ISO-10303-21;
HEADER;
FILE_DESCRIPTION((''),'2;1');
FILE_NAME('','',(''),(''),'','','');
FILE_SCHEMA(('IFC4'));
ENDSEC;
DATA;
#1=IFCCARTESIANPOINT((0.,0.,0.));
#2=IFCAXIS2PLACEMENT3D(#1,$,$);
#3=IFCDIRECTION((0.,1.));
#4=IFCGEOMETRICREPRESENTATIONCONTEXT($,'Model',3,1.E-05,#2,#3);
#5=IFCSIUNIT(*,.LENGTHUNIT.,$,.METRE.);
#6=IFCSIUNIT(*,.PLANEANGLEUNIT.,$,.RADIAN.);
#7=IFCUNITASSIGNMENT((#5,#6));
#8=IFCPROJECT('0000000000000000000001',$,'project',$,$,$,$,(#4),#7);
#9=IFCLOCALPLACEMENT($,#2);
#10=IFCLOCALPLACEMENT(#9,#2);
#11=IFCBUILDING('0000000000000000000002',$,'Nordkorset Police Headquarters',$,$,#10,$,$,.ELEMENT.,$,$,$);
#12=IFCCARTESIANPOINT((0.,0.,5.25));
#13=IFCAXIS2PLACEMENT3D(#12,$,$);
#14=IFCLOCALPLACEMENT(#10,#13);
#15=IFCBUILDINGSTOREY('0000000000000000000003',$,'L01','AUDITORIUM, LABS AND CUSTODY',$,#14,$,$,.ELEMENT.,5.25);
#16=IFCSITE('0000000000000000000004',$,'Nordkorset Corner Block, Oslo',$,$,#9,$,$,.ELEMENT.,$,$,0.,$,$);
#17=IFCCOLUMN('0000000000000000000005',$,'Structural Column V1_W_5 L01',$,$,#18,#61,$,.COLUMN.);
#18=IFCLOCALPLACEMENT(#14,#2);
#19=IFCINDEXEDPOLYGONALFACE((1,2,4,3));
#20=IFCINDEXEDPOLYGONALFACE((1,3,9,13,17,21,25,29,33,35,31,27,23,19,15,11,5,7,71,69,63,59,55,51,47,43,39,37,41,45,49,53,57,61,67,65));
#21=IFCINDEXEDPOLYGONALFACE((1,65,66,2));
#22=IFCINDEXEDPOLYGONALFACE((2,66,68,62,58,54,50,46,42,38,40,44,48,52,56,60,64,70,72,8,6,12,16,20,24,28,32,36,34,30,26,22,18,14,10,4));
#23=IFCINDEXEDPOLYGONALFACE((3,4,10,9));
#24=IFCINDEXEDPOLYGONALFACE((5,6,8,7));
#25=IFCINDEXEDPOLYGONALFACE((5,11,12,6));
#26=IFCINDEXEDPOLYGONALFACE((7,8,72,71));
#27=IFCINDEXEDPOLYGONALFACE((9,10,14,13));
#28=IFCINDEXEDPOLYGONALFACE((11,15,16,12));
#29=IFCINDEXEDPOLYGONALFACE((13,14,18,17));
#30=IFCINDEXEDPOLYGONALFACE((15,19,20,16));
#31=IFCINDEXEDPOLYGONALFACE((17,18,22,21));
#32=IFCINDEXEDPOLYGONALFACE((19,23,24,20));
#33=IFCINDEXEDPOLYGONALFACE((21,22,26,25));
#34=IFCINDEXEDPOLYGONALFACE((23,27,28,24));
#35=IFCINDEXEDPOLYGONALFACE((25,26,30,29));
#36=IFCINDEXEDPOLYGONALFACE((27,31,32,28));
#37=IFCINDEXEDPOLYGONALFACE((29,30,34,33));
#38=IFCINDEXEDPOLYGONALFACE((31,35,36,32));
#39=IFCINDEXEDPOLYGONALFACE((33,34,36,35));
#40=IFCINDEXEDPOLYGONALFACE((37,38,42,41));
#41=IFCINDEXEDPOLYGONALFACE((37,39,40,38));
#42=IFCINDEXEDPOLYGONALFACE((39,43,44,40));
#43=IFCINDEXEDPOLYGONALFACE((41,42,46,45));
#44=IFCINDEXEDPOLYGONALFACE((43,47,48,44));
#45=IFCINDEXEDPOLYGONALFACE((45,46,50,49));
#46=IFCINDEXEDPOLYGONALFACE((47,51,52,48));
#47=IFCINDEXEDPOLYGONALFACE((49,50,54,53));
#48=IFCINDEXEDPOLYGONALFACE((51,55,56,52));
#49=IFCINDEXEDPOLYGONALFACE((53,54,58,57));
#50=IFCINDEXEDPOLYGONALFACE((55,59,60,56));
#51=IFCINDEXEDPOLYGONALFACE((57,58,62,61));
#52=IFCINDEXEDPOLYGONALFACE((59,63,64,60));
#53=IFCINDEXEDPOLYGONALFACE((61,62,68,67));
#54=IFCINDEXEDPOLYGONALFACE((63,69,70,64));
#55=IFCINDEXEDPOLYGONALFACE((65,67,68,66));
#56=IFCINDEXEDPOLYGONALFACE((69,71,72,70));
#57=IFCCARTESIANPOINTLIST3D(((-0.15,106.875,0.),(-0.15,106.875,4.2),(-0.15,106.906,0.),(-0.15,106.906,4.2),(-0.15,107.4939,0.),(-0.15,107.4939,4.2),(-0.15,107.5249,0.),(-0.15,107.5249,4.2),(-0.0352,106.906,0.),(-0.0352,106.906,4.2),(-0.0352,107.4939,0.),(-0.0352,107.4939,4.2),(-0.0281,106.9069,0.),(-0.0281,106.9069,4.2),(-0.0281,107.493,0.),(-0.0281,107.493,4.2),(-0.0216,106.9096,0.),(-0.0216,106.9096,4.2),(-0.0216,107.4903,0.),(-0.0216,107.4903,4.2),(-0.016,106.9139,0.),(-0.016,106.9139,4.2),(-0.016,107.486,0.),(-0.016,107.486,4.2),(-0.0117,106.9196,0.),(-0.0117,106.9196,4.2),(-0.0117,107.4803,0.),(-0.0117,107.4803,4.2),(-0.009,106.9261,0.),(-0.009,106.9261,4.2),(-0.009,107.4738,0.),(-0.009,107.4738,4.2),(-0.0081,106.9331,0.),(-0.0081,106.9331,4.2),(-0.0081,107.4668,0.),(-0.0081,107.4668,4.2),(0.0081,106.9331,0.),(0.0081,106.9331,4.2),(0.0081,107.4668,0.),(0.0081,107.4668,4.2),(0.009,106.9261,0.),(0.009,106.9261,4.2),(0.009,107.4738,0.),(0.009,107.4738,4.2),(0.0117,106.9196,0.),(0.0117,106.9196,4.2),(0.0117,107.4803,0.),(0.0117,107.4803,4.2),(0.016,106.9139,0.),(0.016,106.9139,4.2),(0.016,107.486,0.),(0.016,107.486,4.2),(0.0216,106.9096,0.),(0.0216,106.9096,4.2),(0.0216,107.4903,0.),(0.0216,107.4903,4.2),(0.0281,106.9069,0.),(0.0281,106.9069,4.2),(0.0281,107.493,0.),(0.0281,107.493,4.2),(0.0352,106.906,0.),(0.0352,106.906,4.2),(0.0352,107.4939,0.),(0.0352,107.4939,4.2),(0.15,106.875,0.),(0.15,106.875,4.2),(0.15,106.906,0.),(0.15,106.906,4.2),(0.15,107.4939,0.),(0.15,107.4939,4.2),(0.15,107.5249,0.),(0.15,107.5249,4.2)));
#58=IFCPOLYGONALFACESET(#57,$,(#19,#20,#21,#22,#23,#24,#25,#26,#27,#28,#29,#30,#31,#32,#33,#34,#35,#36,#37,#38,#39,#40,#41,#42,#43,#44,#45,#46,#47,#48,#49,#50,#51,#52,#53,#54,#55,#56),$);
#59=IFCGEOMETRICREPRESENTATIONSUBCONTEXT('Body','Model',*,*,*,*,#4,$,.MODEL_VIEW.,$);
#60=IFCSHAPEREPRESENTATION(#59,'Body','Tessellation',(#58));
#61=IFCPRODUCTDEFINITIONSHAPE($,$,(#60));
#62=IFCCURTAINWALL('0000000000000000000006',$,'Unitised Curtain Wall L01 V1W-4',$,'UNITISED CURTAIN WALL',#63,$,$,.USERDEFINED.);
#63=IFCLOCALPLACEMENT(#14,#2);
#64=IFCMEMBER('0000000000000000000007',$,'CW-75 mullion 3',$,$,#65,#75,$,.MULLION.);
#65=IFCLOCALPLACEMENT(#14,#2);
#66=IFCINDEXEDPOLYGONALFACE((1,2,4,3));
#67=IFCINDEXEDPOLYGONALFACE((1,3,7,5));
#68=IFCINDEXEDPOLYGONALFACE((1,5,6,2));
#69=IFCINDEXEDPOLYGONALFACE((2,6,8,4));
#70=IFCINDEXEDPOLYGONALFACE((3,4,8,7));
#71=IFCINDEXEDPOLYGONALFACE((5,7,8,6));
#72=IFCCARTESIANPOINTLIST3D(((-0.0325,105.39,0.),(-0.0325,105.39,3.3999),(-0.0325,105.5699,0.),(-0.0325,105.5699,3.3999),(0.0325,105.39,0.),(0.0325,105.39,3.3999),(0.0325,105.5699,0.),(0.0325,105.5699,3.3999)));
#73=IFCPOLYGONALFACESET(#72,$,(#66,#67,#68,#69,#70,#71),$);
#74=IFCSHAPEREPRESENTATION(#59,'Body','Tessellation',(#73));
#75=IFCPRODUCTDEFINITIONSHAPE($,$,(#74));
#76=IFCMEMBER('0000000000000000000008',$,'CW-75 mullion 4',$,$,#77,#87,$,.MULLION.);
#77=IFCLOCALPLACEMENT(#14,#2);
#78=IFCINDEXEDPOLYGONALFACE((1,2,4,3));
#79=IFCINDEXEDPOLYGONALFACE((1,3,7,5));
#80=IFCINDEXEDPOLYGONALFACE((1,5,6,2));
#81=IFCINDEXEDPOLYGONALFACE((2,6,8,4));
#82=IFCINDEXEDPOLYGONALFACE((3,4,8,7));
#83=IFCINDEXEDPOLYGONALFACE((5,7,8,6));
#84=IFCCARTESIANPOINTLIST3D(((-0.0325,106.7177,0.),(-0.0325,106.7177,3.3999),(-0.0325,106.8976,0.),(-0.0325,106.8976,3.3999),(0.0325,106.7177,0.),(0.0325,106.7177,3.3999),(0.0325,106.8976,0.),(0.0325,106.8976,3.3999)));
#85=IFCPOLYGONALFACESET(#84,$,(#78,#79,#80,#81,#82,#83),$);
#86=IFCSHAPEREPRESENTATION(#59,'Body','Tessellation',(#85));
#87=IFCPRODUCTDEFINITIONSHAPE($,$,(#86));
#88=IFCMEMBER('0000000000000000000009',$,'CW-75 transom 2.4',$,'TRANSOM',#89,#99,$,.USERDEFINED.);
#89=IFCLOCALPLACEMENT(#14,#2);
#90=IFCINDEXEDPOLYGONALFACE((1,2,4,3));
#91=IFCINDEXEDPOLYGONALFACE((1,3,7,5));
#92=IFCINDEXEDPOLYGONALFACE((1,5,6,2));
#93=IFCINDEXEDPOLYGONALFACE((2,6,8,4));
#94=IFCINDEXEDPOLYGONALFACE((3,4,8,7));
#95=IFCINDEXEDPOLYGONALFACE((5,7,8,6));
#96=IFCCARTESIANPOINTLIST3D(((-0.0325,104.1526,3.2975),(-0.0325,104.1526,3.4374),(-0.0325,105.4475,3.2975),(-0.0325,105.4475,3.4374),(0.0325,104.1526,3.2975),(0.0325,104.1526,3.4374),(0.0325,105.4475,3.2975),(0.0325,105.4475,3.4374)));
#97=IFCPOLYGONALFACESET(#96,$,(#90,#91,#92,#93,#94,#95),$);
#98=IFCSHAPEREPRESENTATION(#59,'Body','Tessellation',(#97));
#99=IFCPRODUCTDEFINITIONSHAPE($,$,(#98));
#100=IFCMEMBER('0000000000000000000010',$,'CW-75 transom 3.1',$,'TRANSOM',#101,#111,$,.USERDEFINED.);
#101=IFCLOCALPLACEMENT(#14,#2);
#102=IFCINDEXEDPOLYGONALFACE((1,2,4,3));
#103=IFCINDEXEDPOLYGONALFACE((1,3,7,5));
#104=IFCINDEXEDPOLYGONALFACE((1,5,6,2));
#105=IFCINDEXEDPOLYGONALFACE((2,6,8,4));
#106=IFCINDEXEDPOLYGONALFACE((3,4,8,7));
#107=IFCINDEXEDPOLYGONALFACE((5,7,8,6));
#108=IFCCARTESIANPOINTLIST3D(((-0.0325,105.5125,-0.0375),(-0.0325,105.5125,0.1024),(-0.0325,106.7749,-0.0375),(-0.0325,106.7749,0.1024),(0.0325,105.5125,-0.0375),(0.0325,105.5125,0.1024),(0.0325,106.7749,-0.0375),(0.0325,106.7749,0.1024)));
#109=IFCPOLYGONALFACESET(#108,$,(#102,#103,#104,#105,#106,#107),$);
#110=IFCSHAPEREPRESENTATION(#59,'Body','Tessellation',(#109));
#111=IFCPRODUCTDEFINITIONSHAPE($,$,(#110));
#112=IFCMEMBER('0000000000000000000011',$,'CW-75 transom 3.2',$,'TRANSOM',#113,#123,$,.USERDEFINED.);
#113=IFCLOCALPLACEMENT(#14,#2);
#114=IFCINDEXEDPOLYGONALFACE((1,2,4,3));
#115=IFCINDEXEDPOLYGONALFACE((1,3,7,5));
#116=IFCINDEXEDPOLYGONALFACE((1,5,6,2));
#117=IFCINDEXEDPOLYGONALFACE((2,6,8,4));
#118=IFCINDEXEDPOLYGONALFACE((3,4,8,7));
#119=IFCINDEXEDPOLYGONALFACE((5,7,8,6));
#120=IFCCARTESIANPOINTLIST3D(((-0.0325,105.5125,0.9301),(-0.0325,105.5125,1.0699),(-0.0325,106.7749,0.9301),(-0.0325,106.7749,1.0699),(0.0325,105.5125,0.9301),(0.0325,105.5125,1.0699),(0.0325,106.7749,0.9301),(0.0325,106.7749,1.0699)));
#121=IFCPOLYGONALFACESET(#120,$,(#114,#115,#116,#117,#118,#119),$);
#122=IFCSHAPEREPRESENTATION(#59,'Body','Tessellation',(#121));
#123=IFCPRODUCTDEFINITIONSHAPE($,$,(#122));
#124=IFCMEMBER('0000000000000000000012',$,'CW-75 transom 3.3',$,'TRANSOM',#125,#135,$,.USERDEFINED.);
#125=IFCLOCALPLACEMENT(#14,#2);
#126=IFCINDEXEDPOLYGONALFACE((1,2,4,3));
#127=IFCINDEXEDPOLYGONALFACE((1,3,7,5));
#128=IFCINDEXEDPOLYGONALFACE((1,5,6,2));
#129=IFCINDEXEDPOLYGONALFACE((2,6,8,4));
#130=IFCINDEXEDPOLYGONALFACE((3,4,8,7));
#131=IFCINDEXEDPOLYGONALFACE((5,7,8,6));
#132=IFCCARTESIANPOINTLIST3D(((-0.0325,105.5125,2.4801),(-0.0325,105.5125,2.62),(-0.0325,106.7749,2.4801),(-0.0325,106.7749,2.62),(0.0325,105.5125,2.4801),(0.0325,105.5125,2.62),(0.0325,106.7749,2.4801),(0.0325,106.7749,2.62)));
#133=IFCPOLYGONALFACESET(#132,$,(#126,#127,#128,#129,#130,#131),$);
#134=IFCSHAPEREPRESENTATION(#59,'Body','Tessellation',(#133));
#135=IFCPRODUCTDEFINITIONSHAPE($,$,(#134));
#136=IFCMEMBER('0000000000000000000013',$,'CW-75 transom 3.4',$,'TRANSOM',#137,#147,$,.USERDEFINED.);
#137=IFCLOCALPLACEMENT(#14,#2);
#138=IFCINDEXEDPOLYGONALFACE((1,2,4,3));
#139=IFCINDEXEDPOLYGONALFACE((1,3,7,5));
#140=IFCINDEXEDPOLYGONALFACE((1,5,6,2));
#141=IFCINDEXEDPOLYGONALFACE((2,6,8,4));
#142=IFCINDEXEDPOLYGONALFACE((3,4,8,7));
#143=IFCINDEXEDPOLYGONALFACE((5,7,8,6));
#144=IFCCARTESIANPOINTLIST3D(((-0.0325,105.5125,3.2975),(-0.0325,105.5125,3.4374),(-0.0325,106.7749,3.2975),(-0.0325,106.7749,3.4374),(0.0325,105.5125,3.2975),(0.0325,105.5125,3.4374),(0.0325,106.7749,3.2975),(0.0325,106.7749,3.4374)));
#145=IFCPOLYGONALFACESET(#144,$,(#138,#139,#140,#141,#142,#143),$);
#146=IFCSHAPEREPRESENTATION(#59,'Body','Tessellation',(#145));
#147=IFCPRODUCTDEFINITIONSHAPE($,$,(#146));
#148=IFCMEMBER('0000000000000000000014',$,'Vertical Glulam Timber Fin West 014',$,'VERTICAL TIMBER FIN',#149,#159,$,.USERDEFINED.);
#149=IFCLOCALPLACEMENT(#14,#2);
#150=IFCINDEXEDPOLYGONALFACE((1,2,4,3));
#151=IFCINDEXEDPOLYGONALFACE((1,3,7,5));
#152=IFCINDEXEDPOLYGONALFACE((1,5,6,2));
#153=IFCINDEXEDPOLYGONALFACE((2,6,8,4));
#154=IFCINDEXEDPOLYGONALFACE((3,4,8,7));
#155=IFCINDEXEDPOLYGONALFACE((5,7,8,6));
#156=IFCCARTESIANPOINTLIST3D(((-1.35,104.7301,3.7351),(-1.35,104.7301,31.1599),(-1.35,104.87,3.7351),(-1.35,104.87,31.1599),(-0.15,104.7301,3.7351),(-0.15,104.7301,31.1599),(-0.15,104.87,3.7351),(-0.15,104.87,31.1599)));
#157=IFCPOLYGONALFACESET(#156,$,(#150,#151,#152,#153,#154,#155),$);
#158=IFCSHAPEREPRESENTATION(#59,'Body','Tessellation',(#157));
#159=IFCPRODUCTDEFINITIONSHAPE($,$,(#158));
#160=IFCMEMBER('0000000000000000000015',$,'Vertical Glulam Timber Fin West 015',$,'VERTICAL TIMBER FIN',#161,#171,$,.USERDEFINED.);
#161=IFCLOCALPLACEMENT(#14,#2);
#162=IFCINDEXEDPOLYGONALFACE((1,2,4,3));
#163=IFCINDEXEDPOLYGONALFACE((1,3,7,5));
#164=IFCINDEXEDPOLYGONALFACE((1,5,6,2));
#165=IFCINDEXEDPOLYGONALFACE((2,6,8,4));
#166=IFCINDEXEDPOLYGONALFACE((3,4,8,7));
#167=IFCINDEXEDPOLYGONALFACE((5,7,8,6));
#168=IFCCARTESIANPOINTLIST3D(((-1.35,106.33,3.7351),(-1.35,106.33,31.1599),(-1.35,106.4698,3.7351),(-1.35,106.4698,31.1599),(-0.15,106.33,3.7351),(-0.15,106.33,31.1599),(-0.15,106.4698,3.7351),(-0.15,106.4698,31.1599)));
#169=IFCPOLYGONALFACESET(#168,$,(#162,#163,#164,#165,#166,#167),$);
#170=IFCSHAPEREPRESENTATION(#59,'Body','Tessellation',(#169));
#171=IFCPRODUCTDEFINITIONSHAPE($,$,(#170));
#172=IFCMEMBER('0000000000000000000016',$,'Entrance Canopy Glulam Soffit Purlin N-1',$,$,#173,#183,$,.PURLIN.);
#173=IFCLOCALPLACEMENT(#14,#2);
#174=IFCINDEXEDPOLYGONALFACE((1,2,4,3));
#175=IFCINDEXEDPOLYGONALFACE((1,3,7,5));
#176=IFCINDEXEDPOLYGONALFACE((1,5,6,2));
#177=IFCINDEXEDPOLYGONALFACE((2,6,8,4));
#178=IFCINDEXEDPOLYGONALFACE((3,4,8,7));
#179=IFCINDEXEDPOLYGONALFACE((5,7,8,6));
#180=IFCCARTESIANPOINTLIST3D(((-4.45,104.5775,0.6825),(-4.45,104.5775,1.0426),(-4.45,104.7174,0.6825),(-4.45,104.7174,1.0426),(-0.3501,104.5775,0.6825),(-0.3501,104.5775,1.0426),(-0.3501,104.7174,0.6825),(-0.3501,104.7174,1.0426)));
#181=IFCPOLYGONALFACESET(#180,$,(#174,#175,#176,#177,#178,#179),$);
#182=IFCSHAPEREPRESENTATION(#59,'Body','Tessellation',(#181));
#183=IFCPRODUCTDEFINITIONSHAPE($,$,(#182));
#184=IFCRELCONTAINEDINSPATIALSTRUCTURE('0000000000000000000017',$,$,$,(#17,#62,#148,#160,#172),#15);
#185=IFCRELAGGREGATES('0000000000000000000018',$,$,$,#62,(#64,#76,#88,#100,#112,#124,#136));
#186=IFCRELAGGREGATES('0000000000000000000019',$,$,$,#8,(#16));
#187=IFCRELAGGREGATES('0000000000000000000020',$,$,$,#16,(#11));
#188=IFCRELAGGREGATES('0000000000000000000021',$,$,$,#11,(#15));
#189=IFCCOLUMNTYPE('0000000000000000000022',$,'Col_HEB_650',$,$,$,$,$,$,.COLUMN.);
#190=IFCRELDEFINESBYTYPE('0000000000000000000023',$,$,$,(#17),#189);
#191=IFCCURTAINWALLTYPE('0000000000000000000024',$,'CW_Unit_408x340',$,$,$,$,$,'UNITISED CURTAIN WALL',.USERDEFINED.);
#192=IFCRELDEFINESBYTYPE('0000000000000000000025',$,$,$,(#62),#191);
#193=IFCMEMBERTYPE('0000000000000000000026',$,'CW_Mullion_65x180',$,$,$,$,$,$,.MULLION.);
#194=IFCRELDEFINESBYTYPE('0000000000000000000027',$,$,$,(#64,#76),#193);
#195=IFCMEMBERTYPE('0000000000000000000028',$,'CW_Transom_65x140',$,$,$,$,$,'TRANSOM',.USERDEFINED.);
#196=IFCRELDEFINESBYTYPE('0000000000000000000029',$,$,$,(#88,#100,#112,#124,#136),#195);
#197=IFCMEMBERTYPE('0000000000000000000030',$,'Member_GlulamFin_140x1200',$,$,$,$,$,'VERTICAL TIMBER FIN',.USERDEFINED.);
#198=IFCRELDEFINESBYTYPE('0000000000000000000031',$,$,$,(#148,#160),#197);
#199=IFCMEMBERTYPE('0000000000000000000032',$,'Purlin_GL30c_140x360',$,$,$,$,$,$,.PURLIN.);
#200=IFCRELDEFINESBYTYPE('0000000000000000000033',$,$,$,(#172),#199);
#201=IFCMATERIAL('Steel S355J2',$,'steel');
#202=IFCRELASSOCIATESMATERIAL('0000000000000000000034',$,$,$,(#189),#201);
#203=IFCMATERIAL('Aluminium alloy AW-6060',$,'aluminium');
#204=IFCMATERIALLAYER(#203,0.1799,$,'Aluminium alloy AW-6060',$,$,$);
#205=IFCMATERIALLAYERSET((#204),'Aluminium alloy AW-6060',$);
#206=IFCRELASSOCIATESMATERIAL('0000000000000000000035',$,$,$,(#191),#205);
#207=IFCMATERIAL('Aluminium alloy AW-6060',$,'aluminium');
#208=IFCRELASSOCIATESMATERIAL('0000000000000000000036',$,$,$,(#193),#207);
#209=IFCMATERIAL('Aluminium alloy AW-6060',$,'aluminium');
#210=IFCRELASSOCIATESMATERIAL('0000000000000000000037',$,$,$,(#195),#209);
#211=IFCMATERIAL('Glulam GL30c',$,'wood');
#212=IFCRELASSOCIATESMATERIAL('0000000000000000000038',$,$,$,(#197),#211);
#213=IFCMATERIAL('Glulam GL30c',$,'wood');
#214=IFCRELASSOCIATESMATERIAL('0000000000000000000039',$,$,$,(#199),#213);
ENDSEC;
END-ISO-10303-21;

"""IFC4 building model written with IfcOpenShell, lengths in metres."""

from ifc_helpers import new_model, si_unit, direction, frame, origin, origin_2d, place, context, subcontext, project, spatial, rectangle, i_section, extrude, material, layer, layer_set, material_profile, profile_set, type_object, element, aggregate, save


model = new_model("IFC4")

# Units and contexts
model_context = context("Model", 3, precision=1e-05, world=origin(), true_north=direction((0.0, 1.0)))
body_context = subcontext(model_context, "Body", "Model", "MODEL_VIEW")
ifc_project = project(units=[si_unit("LENGTHUNIT", "METRE"), si_unit("PLANEANGLEUNIT", "RADIAN")], contexts=[model_context])

# Site, building, storey
site_placement = place(None, origin())
site = spatial("IfcSite", under=ifc_project, at=site_placement, Name="Nordkorset Corner Block, Oslo", CompositionType="ELEMENT", RefElevation=0.0)
building_placement = place(site_placement, origin())
building = spatial("IfcBuilding", under=site, at=building_placement, Name="Nordkorset Police Headquarters", CompositionType="ELEMENT")
storey_placement = place(building_placement, frame((0.0, 0.0, 5.25)))
storey = spatial("IfcBuildingStorey", under=building, at=storey_placement, Name="L01", Description="AUDITORIUM, LABS AND CUSTODY", CompositionType="ELEMENT", Elevation=5.25)

# Column
ifc_material_1 = material(Name="Steel S355J2", Category="steel")
ifc_material_profile_1 = material_profile(ifc_material_1, i_section(OverallWidth=0.3, OverallDepth=0.6499, WebThickness=0.0161, FlangeThickness=0.031, FilletRadius=0.0271, at=origin_2d()), Name="HEB 650")
ifc_profile_set_1 = profile_set([ifc_material_profile_1], Name="Steel S355J2")
column_type = type_object("IfcColumnType", Name="Col_HEB_650", PredefinedType="COLUMN", material=ifc_profile_set_1)
column_placement = place(storey_placement, frame((0.0, 107.2, 0.0), z_axis=(0.0, 0.0, 1.0), x_axis=(1.0, 0.0, 0.0)))
element("IfcColumn", 1, at=column_placement, inside=storey, type_object=column_type, Name="Structural Column V1_W_5 L01", PredefinedType="COLUMN", context=body_context, shape_type="SweptSolid", body=[
    extrude(i_section(OverallWidth=0.3, OverallDepth=0.6499, WebThickness=0.0161, FlangeThickness=0.031, FilletRadius=0.0271, at=origin_2d()), origin(), (0.0, 0.0, 1.0), 4.2),
])

# Curtain wall, members
ifc_material_2 = material(Name="Aluminium alloy AW-6060", Category="aluminium")
ifc_layer_1 = layer(ifc_material_2, 0.1799, Name="Aluminium alloy AW-6060")
ifc_layer_set_1 = layer_set([ifc_layer_1], Name="Aluminium alloy AW-6060")
curtain_wall_type = type_object("IfcCurtainWallType", Name="CW_Unit_408x340", ElementType="UNITISED CURTAIN WALL", PredefinedType="USERDEFINED", material=ifc_layer_set_1)
curtain_wall_placement = place(storey_placement, origin())
curtain_wall = element("IfcCurtainWall", 2, at=curtain_wall_placement, inside=storey, type_object=curtain_wall_type, Name="Unitised Curtain Wall L01 V1W-4", ObjectType="UNITISED CURTAIN WALL", PredefinedType="USERDEFINED")
ifc_material_3 = material(Name="Aluminium alloy AW-6060", Category="aluminium")
ifc_material_profile_2 = material_profile(ifc_material_3, rectangle(XDim=0.0649, YDim=0.1799, at=origin_2d()), Name="ALU MULL 65x180")
ifc_profile_set_2 = profile_set([ifc_material_profile_2], Name="Aluminium alloy AW-6060")
member_type_1 = type_object("IfcMemberType", Name="CW_Mullion_65x180", PredefinedType="MULLION", material=ifc_profile_set_2)
member_1_placement = place(storey_placement, frame((0.0, 105.48, 0.0), z_axis=(0.0, 0.0, 1.0), x_axis=(-1.0, 0.0, 0.0)))
member_1 = element("IfcMember", 3, at=member_1_placement, type_object=member_type_1, Name="CW-75 mullion 3", PredefinedType="MULLION", context=body_context, shape_type="SweptSolid", body=[
    extrude(rectangle(XDim=0.0649, YDim=0.1799, at=origin_2d()), origin(), (0.0, 0.0, 1.0), 3.3999),
])
member_2_placement = place(storey_placement, frame((0.0, 106.8076, 0.0), z_axis=(0.0, 0.0, 1.0), x_axis=(-1.0, 0.0, 0.0)))
member_2 = element("IfcMember", 4, at=member_2_placement, type_object=member_type_1, Name="CW-75 mullion 4", PredefinedType="MULLION", context=body_context, shape_type="SweptSolid", body=[
    extrude(rectangle(XDim=0.0649, YDim=0.1799, at=origin_2d()), origin(), (0.0, 0.0, 1.0), 3.3999),
])
ifc_material_4 = material(Name="Aluminium alloy AW-6060", Category="aluminium")
ifc_material_profile_3 = material_profile(ifc_material_4, rectangle(XDim=0.0649, YDim=0.1399, at=origin_2d()), Name="ALU TRAN 65x140")
ifc_profile_set_3 = profile_set([ifc_material_profile_3], Name="Aluminium alloy AW-6060")
member_type_2 = type_object("IfcMemberType", Name="CW_Transom_65x140", ElementType="TRANSOM", PredefinedType="USERDEFINED", material=ifc_profile_set_3)
member_3_placement = place(storey_placement, frame((0.0, 104.1526, 3.3674), z_axis=(0.0, 1.0, 0.0), x_axis=(-1.0, 0.0, 0.0)))
member_3 = element("IfcMember", 5, at=member_3_placement, type_object=member_type_2, Name="CW-75 transom 2.4", ObjectType="TRANSOM", PredefinedType="USERDEFINED", context=body_context, shape_type="SweptSolid", body=[
    extrude(rectangle(XDim=0.0649, YDim=0.1399, at=origin_2d()), origin(), (0.0, 0.0, 1.0), 1.2949),
])
member_4_placement = place(storey_placement, frame((0.0, 105.5125, 0.0325), z_axis=(0.0, 1.0, 0.0), x_axis=(-1.0, 0.0, 0.0)))
member_4 = element("IfcMember", 6, at=member_4_placement, type_object=member_type_2, Name="CW-75 transom 3.1", ObjectType="TRANSOM", PredefinedType="USERDEFINED", context=body_context, shape_type="SweptSolid", body=[
    extrude(rectangle(XDim=0.0649, YDim=0.1399, at=origin_2d()), origin(), (0.0, 0.0, 1.0), 1.2625),
])
member_5_placement = place(storey_placement, frame((0.0, 105.5125, 1.0), z_axis=(0.0, 1.0, 0.0), x_axis=(-1.0, 0.0, 0.0)))
member_5 = element("IfcMember", 7, at=member_5_placement, type_object=member_type_2, Name="CW-75 transom 3.2", ObjectType="TRANSOM", PredefinedType="USERDEFINED", context=body_context, shape_type="SweptSolid", body=[
    extrude(rectangle(XDim=0.0649, YDim=0.1399, at=origin_2d()), origin(), (0.0, 0.0, 1.0), 1.2625),
])
member_6_placement = place(storey_placement, frame((0.0, 105.5125, 2.55), z_axis=(0.0, 1.0, 0.0), x_axis=(-1.0, 0.0, 0.0)))
member_6 = element("IfcMember", 8, at=member_6_placement, type_object=member_type_2, Name="CW-75 transom 3.3", ObjectType="TRANSOM", PredefinedType="USERDEFINED", context=body_context, shape_type="SweptSolid", body=[
    extrude(rectangle(XDim=0.0649, YDim=0.1399, at=origin_2d()), origin(), (0.0, 0.0, 1.0), 1.2625),
])
member_7_placement = place(storey_placement, frame((0.0, 105.5125, 3.3674), z_axis=(0.0, 1.0, 0.0), x_axis=(-1.0, 0.0, 0.0)))
member_7 = element("IfcMember", 9, at=member_7_placement, type_object=member_type_2, Name="CW-75 transom 3.4", ObjectType="TRANSOM", PredefinedType="USERDEFINED", context=body_context, shape_type="SweptSolid", body=[
    extrude(rectangle(XDim=0.0649, YDim=0.1399, at=origin_2d()), origin(), (0.0, 0.0, 1.0), 1.2625),
])

# Members
ifc_material_5 = material(Name="Glulam GL30c", Category="wood")
ifc_material_profile_4 = material_profile(ifc_material_5, rectangle(XDim=0.1399, YDim=1.2, at=origin_2d()), Name="GL30C FIN 140x1200")
ifc_profile_set_4 = profile_set([ifc_material_profile_4], Name="Glulam GL30c")
member_type_3 = type_object("IfcMemberType", Name="Member_GlulamFin_140x1200", ElementType="VERTICAL TIMBER FIN", PredefinedType="USERDEFINED", material=ifc_profile_set_4)
for number, where, z_axis, x_axis, name in (
    (10, (-0.75, 104.8, 3.7351), (0.0, 0.0, 1.0), (0.0, 1.0, 0.0), "Vertical Glulam Timber Fin West 014"),
    (11, (-0.75, 106.3999, 3.7351), (0.0, 0.0, 1.0), (0.0, 1.0, 0.0), "Vertical Glulam Timber Fin West 015"),
):
    element("IfcMember", number, at=place(storey_placement, frame(where, z_axis=z_axis, x_axis=x_axis)), inside=storey, type_object=member_type_3, Name=name, ObjectType="VERTICAL TIMBER FIN", PredefinedType="USERDEFINED", context=body_context, shape_type="SweptSolid", body=[
        extrude(rectangle(XDim=0.1399, YDim=1.2, at=origin_2d()), origin(), (0.0, 0.0, 1.0), 27.4248),
    ])
ifc_material_6 = material(Name="Glulam GL30c", Category="wood")
ifc_material_profile_5 = material_profile(ifc_material_6, rectangle(XDim=0.1399, YDim=0.3601, at=origin_2d()), Name="GL30c 140x360")
ifc_profile_set_5 = profile_set([ifc_material_profile_5], Name="Glulam GL30c")
member_type_4 = type_object("IfcMemberType", Name="Purlin_GL30c_140x360", PredefinedType="PURLIN", material=ifc_profile_set_5)
member_8_placement = place(storey_placement, frame((-4.45, 104.6475, 0.8625), z_axis=(1.0, 0.0, 0.0), x_axis=(0.0, 1.0, 0.0)))
element("IfcMember", 12, at=member_8_placement, inside=storey, type_object=member_type_4, Name="Entrance Canopy Glulam Soffit Purlin N-1", PredefinedType="PURLIN", context=body_context, shape_type="SweptSolid", body=[
    extrude(rectangle(XDim=0.1399, YDim=0.3601, at=origin_2d()), origin(), (0.0, 0.0, 1.0), 4.0999),
])

aggregate(curtain_wall, [member_1, member_2, member_3, member_4, member_5, member_6, member_7])

save(model, "model.ifc")
